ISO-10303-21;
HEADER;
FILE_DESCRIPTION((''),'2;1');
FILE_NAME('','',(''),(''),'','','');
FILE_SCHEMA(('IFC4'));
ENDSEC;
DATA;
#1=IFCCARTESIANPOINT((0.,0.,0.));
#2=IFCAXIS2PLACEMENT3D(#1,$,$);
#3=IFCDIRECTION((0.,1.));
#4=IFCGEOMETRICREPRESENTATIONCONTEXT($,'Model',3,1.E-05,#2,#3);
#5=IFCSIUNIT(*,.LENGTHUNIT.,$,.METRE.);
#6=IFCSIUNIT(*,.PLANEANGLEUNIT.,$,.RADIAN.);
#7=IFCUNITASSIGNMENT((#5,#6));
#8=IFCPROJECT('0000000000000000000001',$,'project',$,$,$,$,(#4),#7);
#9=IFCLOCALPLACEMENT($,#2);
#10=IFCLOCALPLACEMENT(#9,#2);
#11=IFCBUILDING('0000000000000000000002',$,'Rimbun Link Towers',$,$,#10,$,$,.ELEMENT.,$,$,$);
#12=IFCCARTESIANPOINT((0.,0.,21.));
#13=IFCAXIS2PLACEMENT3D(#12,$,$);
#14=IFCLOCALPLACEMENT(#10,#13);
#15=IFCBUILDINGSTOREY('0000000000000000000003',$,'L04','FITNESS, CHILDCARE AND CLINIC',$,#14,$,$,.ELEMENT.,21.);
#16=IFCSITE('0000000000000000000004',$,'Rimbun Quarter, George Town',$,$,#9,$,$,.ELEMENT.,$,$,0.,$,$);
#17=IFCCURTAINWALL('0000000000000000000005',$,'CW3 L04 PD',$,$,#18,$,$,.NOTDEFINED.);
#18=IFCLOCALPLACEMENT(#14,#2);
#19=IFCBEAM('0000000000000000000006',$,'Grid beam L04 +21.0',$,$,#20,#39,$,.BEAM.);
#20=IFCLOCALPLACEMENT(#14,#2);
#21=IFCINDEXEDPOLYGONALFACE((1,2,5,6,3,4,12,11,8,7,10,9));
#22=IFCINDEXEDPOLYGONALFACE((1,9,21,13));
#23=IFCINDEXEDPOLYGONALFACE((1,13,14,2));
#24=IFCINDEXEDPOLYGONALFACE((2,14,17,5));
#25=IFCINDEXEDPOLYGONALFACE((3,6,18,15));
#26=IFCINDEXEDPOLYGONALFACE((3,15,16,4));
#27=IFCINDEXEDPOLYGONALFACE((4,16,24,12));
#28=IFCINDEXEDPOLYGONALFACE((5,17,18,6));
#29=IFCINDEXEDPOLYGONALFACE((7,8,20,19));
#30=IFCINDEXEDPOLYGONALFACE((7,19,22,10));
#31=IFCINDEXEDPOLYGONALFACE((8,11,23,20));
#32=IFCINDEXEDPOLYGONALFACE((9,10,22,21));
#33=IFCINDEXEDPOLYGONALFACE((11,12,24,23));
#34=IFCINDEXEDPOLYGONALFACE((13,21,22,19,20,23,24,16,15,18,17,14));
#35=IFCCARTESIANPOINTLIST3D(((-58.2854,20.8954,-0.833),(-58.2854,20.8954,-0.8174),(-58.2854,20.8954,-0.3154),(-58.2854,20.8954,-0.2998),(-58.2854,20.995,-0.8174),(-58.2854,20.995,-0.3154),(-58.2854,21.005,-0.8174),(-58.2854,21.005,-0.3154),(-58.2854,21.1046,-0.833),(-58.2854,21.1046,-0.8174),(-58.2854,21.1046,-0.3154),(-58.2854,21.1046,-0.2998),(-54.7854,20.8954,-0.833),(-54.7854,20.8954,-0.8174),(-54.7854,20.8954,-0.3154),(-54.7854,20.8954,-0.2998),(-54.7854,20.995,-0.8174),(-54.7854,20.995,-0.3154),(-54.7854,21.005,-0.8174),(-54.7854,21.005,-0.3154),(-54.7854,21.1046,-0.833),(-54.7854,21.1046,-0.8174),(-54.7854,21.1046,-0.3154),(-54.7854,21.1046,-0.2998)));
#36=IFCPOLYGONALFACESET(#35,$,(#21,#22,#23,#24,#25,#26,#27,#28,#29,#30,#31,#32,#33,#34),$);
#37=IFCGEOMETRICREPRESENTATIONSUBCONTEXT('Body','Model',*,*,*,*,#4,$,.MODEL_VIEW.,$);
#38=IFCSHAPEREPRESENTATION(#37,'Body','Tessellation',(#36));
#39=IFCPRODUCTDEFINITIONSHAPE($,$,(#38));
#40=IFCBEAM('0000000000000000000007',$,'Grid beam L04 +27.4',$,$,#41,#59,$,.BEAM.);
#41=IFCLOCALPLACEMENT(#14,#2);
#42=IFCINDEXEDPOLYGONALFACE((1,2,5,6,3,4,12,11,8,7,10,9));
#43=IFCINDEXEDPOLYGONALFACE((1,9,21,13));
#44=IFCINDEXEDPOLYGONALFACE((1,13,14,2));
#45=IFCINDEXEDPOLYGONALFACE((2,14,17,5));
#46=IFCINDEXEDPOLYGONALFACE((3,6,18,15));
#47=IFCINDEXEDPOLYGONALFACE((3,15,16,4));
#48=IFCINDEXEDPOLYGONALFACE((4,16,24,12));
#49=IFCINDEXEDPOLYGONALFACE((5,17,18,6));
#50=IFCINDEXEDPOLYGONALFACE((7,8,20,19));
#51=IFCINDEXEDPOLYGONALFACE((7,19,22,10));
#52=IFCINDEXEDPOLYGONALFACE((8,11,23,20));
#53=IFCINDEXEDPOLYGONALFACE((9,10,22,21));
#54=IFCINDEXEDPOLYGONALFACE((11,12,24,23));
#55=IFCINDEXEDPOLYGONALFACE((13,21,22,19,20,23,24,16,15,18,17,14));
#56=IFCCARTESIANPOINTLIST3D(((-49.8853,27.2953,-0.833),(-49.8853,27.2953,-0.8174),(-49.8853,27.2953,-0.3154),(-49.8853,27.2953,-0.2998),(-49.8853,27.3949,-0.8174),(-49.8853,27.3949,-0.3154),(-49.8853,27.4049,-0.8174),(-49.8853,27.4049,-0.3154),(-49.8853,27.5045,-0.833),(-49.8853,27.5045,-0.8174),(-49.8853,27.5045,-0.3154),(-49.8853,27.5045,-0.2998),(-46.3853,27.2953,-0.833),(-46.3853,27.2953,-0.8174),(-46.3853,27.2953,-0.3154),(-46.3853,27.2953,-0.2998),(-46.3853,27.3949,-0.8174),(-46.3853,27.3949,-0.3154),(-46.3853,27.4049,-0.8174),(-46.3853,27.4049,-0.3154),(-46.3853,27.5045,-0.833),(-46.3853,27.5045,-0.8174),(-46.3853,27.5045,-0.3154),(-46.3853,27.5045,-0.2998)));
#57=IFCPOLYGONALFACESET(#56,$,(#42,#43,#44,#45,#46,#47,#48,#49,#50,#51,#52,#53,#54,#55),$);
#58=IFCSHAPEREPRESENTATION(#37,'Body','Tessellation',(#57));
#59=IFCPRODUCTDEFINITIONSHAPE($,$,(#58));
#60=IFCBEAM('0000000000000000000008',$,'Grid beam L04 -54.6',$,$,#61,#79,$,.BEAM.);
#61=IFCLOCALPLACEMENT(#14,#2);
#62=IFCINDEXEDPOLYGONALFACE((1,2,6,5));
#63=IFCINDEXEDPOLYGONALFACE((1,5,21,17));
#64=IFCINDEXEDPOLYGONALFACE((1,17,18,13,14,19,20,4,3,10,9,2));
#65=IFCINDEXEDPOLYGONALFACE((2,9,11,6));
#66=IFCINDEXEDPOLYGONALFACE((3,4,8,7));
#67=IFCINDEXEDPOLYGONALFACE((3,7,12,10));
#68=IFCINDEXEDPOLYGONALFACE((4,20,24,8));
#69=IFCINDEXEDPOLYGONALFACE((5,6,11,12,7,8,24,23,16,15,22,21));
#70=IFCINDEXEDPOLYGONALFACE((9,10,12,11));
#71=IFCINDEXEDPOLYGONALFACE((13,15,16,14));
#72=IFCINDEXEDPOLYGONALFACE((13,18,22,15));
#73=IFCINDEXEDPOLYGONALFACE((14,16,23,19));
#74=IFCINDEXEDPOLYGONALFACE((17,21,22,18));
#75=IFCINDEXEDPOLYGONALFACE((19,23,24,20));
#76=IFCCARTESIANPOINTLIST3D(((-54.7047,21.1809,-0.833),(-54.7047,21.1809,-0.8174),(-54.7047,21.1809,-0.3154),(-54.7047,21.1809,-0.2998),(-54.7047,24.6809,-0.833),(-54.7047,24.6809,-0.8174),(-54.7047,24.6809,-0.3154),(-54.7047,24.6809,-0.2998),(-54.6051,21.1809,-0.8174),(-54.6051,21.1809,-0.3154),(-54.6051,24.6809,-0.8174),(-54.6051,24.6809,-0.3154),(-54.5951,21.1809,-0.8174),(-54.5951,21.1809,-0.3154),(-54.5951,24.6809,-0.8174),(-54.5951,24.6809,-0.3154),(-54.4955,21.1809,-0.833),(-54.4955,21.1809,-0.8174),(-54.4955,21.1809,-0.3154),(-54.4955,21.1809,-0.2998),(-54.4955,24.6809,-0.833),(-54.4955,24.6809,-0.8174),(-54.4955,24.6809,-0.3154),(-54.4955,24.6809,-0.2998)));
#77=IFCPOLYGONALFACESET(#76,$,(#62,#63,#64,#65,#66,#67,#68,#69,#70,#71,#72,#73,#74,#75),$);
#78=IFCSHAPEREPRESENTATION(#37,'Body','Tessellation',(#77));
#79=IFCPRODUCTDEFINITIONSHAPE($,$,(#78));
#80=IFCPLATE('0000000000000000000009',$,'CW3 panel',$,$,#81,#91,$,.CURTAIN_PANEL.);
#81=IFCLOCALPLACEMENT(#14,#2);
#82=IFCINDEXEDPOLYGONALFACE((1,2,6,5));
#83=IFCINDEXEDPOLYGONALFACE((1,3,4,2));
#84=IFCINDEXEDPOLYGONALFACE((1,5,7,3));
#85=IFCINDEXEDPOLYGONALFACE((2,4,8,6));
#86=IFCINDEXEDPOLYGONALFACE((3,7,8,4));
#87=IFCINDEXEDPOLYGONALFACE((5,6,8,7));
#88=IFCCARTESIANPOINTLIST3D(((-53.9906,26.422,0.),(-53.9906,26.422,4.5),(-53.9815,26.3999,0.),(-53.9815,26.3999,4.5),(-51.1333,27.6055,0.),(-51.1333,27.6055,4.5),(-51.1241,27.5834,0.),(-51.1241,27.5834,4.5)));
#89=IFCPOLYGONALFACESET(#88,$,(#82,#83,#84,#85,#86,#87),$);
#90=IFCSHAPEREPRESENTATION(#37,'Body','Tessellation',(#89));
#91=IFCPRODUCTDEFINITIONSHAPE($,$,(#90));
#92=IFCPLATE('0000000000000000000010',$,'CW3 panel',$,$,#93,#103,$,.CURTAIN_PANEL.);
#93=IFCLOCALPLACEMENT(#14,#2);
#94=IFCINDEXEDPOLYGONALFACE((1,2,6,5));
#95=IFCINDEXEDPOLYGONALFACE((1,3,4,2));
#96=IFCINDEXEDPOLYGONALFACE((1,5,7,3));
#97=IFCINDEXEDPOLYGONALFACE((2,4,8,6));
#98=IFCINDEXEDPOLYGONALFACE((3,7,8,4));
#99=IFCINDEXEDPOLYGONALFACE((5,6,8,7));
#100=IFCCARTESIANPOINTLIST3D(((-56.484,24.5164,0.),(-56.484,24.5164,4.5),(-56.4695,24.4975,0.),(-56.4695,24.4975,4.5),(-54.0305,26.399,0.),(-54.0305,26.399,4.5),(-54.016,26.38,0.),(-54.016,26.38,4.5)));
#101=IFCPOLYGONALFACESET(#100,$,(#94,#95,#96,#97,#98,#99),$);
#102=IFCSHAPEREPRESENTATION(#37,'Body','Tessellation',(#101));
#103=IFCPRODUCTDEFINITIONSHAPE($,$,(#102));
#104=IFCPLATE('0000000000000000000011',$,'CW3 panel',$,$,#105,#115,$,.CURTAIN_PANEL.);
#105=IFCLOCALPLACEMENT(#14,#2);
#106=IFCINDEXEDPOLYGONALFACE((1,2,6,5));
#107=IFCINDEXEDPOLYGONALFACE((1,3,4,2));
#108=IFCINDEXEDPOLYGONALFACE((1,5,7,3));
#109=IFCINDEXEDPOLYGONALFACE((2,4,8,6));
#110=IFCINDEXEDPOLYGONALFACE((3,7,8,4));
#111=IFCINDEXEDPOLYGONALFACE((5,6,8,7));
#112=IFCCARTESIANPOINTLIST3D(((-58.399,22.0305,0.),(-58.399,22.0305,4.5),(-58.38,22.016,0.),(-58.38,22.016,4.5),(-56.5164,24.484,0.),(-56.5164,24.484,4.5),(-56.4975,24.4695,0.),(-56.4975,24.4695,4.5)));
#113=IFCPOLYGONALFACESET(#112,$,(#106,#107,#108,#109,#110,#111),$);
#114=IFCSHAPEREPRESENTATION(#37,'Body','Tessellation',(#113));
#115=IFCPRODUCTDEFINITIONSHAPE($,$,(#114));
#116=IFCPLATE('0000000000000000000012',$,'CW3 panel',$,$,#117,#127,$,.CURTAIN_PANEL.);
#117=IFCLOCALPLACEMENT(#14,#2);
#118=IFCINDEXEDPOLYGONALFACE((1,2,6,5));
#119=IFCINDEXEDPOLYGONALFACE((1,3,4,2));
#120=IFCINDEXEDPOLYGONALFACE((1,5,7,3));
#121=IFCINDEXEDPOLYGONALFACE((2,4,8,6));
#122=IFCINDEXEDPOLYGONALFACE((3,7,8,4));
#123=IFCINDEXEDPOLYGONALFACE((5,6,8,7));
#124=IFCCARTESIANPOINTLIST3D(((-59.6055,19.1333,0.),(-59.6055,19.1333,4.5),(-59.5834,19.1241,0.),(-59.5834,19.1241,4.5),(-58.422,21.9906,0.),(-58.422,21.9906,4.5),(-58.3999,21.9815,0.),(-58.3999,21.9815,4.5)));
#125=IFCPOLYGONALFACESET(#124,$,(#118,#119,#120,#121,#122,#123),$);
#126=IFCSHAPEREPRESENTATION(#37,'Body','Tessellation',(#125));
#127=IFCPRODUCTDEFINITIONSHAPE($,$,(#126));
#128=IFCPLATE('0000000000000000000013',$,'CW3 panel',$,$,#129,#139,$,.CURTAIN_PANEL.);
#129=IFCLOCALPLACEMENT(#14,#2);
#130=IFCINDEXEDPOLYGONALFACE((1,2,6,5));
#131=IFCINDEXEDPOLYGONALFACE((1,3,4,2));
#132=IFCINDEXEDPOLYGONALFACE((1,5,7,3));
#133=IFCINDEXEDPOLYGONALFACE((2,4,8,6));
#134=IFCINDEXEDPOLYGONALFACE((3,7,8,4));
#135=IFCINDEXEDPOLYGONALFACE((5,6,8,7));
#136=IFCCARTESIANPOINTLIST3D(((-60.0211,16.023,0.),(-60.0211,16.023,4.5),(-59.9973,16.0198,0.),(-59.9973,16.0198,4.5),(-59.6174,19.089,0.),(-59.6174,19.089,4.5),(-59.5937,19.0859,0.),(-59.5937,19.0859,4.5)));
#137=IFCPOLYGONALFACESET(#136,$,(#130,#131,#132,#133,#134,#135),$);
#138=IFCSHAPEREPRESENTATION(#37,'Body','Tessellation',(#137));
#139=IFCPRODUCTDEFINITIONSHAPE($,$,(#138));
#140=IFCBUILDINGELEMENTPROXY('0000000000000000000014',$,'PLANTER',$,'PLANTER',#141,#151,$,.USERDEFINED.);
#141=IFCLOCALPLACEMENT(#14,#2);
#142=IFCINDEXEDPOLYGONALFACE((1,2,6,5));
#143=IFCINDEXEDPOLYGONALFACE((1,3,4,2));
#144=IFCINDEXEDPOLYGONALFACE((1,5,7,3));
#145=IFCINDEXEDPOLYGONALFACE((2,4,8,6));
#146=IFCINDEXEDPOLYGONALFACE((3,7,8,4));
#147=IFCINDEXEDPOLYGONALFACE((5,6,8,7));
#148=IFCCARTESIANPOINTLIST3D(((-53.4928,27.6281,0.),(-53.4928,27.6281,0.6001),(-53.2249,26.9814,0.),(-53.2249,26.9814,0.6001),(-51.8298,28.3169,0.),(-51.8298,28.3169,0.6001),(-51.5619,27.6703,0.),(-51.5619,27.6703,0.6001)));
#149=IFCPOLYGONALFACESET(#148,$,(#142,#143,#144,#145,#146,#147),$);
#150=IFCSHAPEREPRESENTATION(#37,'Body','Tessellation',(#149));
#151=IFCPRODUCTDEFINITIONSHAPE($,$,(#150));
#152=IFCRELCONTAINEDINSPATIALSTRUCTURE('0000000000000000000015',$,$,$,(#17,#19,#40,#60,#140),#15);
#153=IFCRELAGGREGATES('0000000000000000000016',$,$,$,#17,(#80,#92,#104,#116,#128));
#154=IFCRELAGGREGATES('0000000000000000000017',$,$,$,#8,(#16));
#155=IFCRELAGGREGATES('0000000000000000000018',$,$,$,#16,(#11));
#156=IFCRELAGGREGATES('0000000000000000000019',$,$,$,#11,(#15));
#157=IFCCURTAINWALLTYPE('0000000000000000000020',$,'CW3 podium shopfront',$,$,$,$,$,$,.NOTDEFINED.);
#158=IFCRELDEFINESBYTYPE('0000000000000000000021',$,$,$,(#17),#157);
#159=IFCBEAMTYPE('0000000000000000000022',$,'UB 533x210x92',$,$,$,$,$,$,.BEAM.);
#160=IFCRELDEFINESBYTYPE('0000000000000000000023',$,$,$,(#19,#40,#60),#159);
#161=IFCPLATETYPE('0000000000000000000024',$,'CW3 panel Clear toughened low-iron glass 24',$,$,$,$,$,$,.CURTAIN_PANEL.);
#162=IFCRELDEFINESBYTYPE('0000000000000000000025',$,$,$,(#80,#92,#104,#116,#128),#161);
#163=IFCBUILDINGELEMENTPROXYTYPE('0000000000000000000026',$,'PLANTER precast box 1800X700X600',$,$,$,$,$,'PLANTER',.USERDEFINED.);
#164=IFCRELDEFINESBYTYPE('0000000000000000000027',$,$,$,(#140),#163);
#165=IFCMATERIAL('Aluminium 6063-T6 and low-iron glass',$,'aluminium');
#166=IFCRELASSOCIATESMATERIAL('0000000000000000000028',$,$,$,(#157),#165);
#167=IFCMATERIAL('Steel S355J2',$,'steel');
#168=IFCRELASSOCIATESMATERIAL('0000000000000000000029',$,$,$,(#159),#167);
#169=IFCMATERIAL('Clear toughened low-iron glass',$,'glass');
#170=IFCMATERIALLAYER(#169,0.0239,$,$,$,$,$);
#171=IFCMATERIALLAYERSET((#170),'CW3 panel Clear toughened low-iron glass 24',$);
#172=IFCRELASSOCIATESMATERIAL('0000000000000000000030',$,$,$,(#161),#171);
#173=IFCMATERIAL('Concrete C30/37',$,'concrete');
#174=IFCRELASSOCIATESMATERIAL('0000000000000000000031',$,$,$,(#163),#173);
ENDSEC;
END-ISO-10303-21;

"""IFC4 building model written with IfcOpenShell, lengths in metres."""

from ifc_helpers import new_model, si_unit, direction, frame, origin, origin_2d, place, context, subcontext, project, spatial, rectangle, i_section, extrude, material, layer, layer_set, material_profile, profile_set, type_object, element, aggregate, save


model = new_model("IFC4")

# Units and contexts
model_context = context("Model", 3, precision=1e-05, world=origin(), true_north=direction((0.0, 1.0)))
body_context = subcontext(model_context, "Body", "Model", "MODEL_VIEW")
ifc_project = project(units=[si_unit("LENGTHUNIT", "METRE"), si_unit("PLANEANGLEUNIT", "RADIAN")], contexts=[model_context])

# Site, building, storey
site_placement = place(None, origin())
site = spatial("IfcSite", under=ifc_project, at=site_placement, Name="Rimbun Quarter, George Town", CompositionType="ELEMENT", RefElevation=0.0)
building_placement = place(site_placement, origin())
building = spatial("IfcBuilding", under=site, at=building_placement, Name="Rimbun Link Towers", CompositionType="ELEMENT")
storey_placement = place(building_placement, frame((0.0, 0.0, 21.0)))
storey = spatial("IfcBuildingStorey", under=building, at=storey_placement, Name="L04", Description="FITNESS, CHILDCARE AND CLINIC", CompositionType="ELEMENT", Elevation=21.0)

# Curtain wall
ifc_material_1 = material(Name="Aluminium 6063-T6 and low-iron glass", Category="aluminium")
curtain_wall_type = type_object("IfcCurtainWallType", Name="CW3 podium shopfront", PredefinedType="NOTDEFINED", material=ifc_material_1)
curtain_wall_placement = place(storey_placement, origin())
curtain_wall = element("IfcCurtainWall", 1, at=curtain_wall_placement, inside=storey, type_object=curtain_wall_type, Name="CW3 L04 PD", PredefinedType="NOTDEFINED")

# Beams
ifc_material_2 = material(Name="Steel S355J2", Category="steel")
ifc_material_profile_1 = material_profile(ifc_material_2, i_section(OverallWidth=0.2092, OverallDepth=0.5332, WebThickness=0.01, FlangeThickness=0.0156, at=origin_2d()), Name="UB 533x210x92")
ifc_profile_set_1 = profile_set([ifc_material_profile_1], Name="Steel S355J2")
beam_type = type_object("IfcBeamType", Name="UB 533x210x92", PredefinedType="BEAM", material=ifc_profile_set_1)
for number, where, z_axis, x_axis, name in (
    (2, (-58.2854, 21.0, -0.5664), (1.0, 0.0, 0.0), (0.0, 1.0, 0.0), "Grid beam L04 +21.0"),
    (3, (-49.8853, 27.3999, -0.5664), (1.0, 0.0, 0.0), (0.0, 1.0, 0.0), "Grid beam L04 +27.4"),
    (4, (-54.6001, 21.1809, -0.5664), (0.0, 1.0, 0.0), (-1.0, 0.0, 0.0), "Grid beam L04 -54.6"),
):
    element("IfcBeam", number, at=place(storey_placement, frame(where, z_axis=z_axis, x_axis=x_axis)), inside=storey, type_object=beam_type, Name=name, PredefinedType="BEAM", context=body_context, shape_type="SweptSolid", body=[
        extrude(i_section(OverallWidth=0.2092, OverallDepth=0.5332, WebThickness=0.01, FlangeThickness=0.0156, at=origin_2d()), origin(), (0.0, 0.0, 1.0), 3.5),
    ])

# Plates
ifc_material_3 = material(Name="Clear toughened low-iron glass", Category="glass")
ifc_layer = layer(ifc_material_3, 0.0239)
ifc_layer_set = layer_set([ifc_layer], Name="CW3 panel Clear toughened low-iron glass 24")
plate_type = type_object("IfcPlateType", Name="CW3 panel Clear toughened low-iron glass 24", PredefinedType="CURTAIN_PANEL", material=ifc_layer_set)
plate_1_placement = place(storey_placement, frame((-52.5574, 27.0027, 0.0), z_axis=(0.0, 0.0, 1.0), x_axis=(0.923881, 0.382679, 0.0)))
plate_1 = element("IfcPlate", 5, at=plate_1_placement, type_object=plate_type, Name="CW3 panel", PredefinedType="CURTAIN_PANEL", context=body_context, shape_type="SweptSolid", body=[
    extrude(rectangle(XDim=3.0928, YDim=0.0239, at=origin_2d()), origin(), (0.0, 0.0, 1.0), 4.5),
])
plate_2_placement = place(storey_placement, frame((-55.25, 25.4482, 0.0), z_axis=(0.0, 0.0, 1.0), x_axis=(0.793359, 0.608754, 0.0)))
plate_2 = element("IfcPlate", 6, at=plate_2_placement, type_object=plate_type, Name="CW3 panel", PredefinedType="CURTAIN_PANEL", context=body_context, shape_type="SweptSolid", body=[
    extrude(rectangle(XDim=3.0925, YDim=0.0239, at=origin_2d()), origin(), (0.0, 0.0, 1.0), 4.5),
])
plate_3_placement = place(storey_placement, frame((-57.4482, 23.25, 0.0), z_axis=(0.0, 0.0, 1.0), x_axis=(0.608754, 0.793359, 0.0)))
plate_3 = element("IfcPlate", 7, at=plate_3_placement, type_object=plate_type, Name="CW3 panel", PredefinedType="CURTAIN_PANEL", context=body_context, shape_type="SweptSolid", body=[
    extrude(rectangle(XDim=3.0925, YDim=0.0239, at=origin_2d()), origin(), (0.0, 0.0, 1.0), 4.5),
])
plate_4_placement = place(storey_placement, frame((-59.0027, 20.5574, 0.0), z_axis=(0.0, 0.0, 1.0), x_axis=(0.382679, 0.923881, 0.0)))
plate_4 = element("IfcPlate", 8, at=plate_4_placement, type_object=plate_type, Name="CW3 panel", PredefinedType="CURTAIN_PANEL", context=body_context, shape_type="SweptSolid", body=[
    extrude(rectangle(XDim=3.0928, YDim=0.0239, at=origin_2d()), origin(), (0.0, 0.0, 1.0), 4.5),
])
plate_5_placement = place(storey_placement, frame((-59.8074, 17.5544, 0.0), z_axis=(0.0, 0.0, 1.0), x_axis=(0.13053, 0.991444, 0.0)))
plate_5 = element("IfcPlate", 9, at=plate_5_placement, type_object=plate_type, Name="CW3 panel", PredefinedType="CURTAIN_PANEL", context=body_context, shape_type="SweptSolid", body=[
    extrude(rectangle(XDim=3.0925, YDim=0.0239, at=origin_2d()), origin(), (0.0, 0.0, 1.0), 4.5),
])
aggregate(curtain_wall, [plate_1, plate_2, plate_3, plate_4, plate_5])

# Building element proxy
ifc_material_4 = material(Name="Concrete C30/37", Category="concrete")
building_element_proxy_type = type_object("IfcBuildingElementProxyType", Name="PLANTER precast box 1800X700X600", ElementType="PLANTER", PredefinedType="USERDEFINED", material=ifc_material_4)
proxy_placement = place(storey_placement, frame((-52.5273, 27.6492, 0.0), z_axis=(0.0, 0.0, 1.0), x_axis=(-0.923881, -0.382679, 0.0)))
element("IfcBuildingElementProxy", 10, at=proxy_placement, inside=storey, type_object=building_element_proxy_type, Name="PLANTER", ObjectType="PLANTER", PredefinedType="USERDEFINED", context=body_context, shape_type="SweptSolid", body=[
    extrude(rectangle(XDim=1.8, YDim=0.7, at=origin_2d()), origin(), (0.0, 0.0, 1.0), 0.6001),
])

save(model, "model.ifc")
